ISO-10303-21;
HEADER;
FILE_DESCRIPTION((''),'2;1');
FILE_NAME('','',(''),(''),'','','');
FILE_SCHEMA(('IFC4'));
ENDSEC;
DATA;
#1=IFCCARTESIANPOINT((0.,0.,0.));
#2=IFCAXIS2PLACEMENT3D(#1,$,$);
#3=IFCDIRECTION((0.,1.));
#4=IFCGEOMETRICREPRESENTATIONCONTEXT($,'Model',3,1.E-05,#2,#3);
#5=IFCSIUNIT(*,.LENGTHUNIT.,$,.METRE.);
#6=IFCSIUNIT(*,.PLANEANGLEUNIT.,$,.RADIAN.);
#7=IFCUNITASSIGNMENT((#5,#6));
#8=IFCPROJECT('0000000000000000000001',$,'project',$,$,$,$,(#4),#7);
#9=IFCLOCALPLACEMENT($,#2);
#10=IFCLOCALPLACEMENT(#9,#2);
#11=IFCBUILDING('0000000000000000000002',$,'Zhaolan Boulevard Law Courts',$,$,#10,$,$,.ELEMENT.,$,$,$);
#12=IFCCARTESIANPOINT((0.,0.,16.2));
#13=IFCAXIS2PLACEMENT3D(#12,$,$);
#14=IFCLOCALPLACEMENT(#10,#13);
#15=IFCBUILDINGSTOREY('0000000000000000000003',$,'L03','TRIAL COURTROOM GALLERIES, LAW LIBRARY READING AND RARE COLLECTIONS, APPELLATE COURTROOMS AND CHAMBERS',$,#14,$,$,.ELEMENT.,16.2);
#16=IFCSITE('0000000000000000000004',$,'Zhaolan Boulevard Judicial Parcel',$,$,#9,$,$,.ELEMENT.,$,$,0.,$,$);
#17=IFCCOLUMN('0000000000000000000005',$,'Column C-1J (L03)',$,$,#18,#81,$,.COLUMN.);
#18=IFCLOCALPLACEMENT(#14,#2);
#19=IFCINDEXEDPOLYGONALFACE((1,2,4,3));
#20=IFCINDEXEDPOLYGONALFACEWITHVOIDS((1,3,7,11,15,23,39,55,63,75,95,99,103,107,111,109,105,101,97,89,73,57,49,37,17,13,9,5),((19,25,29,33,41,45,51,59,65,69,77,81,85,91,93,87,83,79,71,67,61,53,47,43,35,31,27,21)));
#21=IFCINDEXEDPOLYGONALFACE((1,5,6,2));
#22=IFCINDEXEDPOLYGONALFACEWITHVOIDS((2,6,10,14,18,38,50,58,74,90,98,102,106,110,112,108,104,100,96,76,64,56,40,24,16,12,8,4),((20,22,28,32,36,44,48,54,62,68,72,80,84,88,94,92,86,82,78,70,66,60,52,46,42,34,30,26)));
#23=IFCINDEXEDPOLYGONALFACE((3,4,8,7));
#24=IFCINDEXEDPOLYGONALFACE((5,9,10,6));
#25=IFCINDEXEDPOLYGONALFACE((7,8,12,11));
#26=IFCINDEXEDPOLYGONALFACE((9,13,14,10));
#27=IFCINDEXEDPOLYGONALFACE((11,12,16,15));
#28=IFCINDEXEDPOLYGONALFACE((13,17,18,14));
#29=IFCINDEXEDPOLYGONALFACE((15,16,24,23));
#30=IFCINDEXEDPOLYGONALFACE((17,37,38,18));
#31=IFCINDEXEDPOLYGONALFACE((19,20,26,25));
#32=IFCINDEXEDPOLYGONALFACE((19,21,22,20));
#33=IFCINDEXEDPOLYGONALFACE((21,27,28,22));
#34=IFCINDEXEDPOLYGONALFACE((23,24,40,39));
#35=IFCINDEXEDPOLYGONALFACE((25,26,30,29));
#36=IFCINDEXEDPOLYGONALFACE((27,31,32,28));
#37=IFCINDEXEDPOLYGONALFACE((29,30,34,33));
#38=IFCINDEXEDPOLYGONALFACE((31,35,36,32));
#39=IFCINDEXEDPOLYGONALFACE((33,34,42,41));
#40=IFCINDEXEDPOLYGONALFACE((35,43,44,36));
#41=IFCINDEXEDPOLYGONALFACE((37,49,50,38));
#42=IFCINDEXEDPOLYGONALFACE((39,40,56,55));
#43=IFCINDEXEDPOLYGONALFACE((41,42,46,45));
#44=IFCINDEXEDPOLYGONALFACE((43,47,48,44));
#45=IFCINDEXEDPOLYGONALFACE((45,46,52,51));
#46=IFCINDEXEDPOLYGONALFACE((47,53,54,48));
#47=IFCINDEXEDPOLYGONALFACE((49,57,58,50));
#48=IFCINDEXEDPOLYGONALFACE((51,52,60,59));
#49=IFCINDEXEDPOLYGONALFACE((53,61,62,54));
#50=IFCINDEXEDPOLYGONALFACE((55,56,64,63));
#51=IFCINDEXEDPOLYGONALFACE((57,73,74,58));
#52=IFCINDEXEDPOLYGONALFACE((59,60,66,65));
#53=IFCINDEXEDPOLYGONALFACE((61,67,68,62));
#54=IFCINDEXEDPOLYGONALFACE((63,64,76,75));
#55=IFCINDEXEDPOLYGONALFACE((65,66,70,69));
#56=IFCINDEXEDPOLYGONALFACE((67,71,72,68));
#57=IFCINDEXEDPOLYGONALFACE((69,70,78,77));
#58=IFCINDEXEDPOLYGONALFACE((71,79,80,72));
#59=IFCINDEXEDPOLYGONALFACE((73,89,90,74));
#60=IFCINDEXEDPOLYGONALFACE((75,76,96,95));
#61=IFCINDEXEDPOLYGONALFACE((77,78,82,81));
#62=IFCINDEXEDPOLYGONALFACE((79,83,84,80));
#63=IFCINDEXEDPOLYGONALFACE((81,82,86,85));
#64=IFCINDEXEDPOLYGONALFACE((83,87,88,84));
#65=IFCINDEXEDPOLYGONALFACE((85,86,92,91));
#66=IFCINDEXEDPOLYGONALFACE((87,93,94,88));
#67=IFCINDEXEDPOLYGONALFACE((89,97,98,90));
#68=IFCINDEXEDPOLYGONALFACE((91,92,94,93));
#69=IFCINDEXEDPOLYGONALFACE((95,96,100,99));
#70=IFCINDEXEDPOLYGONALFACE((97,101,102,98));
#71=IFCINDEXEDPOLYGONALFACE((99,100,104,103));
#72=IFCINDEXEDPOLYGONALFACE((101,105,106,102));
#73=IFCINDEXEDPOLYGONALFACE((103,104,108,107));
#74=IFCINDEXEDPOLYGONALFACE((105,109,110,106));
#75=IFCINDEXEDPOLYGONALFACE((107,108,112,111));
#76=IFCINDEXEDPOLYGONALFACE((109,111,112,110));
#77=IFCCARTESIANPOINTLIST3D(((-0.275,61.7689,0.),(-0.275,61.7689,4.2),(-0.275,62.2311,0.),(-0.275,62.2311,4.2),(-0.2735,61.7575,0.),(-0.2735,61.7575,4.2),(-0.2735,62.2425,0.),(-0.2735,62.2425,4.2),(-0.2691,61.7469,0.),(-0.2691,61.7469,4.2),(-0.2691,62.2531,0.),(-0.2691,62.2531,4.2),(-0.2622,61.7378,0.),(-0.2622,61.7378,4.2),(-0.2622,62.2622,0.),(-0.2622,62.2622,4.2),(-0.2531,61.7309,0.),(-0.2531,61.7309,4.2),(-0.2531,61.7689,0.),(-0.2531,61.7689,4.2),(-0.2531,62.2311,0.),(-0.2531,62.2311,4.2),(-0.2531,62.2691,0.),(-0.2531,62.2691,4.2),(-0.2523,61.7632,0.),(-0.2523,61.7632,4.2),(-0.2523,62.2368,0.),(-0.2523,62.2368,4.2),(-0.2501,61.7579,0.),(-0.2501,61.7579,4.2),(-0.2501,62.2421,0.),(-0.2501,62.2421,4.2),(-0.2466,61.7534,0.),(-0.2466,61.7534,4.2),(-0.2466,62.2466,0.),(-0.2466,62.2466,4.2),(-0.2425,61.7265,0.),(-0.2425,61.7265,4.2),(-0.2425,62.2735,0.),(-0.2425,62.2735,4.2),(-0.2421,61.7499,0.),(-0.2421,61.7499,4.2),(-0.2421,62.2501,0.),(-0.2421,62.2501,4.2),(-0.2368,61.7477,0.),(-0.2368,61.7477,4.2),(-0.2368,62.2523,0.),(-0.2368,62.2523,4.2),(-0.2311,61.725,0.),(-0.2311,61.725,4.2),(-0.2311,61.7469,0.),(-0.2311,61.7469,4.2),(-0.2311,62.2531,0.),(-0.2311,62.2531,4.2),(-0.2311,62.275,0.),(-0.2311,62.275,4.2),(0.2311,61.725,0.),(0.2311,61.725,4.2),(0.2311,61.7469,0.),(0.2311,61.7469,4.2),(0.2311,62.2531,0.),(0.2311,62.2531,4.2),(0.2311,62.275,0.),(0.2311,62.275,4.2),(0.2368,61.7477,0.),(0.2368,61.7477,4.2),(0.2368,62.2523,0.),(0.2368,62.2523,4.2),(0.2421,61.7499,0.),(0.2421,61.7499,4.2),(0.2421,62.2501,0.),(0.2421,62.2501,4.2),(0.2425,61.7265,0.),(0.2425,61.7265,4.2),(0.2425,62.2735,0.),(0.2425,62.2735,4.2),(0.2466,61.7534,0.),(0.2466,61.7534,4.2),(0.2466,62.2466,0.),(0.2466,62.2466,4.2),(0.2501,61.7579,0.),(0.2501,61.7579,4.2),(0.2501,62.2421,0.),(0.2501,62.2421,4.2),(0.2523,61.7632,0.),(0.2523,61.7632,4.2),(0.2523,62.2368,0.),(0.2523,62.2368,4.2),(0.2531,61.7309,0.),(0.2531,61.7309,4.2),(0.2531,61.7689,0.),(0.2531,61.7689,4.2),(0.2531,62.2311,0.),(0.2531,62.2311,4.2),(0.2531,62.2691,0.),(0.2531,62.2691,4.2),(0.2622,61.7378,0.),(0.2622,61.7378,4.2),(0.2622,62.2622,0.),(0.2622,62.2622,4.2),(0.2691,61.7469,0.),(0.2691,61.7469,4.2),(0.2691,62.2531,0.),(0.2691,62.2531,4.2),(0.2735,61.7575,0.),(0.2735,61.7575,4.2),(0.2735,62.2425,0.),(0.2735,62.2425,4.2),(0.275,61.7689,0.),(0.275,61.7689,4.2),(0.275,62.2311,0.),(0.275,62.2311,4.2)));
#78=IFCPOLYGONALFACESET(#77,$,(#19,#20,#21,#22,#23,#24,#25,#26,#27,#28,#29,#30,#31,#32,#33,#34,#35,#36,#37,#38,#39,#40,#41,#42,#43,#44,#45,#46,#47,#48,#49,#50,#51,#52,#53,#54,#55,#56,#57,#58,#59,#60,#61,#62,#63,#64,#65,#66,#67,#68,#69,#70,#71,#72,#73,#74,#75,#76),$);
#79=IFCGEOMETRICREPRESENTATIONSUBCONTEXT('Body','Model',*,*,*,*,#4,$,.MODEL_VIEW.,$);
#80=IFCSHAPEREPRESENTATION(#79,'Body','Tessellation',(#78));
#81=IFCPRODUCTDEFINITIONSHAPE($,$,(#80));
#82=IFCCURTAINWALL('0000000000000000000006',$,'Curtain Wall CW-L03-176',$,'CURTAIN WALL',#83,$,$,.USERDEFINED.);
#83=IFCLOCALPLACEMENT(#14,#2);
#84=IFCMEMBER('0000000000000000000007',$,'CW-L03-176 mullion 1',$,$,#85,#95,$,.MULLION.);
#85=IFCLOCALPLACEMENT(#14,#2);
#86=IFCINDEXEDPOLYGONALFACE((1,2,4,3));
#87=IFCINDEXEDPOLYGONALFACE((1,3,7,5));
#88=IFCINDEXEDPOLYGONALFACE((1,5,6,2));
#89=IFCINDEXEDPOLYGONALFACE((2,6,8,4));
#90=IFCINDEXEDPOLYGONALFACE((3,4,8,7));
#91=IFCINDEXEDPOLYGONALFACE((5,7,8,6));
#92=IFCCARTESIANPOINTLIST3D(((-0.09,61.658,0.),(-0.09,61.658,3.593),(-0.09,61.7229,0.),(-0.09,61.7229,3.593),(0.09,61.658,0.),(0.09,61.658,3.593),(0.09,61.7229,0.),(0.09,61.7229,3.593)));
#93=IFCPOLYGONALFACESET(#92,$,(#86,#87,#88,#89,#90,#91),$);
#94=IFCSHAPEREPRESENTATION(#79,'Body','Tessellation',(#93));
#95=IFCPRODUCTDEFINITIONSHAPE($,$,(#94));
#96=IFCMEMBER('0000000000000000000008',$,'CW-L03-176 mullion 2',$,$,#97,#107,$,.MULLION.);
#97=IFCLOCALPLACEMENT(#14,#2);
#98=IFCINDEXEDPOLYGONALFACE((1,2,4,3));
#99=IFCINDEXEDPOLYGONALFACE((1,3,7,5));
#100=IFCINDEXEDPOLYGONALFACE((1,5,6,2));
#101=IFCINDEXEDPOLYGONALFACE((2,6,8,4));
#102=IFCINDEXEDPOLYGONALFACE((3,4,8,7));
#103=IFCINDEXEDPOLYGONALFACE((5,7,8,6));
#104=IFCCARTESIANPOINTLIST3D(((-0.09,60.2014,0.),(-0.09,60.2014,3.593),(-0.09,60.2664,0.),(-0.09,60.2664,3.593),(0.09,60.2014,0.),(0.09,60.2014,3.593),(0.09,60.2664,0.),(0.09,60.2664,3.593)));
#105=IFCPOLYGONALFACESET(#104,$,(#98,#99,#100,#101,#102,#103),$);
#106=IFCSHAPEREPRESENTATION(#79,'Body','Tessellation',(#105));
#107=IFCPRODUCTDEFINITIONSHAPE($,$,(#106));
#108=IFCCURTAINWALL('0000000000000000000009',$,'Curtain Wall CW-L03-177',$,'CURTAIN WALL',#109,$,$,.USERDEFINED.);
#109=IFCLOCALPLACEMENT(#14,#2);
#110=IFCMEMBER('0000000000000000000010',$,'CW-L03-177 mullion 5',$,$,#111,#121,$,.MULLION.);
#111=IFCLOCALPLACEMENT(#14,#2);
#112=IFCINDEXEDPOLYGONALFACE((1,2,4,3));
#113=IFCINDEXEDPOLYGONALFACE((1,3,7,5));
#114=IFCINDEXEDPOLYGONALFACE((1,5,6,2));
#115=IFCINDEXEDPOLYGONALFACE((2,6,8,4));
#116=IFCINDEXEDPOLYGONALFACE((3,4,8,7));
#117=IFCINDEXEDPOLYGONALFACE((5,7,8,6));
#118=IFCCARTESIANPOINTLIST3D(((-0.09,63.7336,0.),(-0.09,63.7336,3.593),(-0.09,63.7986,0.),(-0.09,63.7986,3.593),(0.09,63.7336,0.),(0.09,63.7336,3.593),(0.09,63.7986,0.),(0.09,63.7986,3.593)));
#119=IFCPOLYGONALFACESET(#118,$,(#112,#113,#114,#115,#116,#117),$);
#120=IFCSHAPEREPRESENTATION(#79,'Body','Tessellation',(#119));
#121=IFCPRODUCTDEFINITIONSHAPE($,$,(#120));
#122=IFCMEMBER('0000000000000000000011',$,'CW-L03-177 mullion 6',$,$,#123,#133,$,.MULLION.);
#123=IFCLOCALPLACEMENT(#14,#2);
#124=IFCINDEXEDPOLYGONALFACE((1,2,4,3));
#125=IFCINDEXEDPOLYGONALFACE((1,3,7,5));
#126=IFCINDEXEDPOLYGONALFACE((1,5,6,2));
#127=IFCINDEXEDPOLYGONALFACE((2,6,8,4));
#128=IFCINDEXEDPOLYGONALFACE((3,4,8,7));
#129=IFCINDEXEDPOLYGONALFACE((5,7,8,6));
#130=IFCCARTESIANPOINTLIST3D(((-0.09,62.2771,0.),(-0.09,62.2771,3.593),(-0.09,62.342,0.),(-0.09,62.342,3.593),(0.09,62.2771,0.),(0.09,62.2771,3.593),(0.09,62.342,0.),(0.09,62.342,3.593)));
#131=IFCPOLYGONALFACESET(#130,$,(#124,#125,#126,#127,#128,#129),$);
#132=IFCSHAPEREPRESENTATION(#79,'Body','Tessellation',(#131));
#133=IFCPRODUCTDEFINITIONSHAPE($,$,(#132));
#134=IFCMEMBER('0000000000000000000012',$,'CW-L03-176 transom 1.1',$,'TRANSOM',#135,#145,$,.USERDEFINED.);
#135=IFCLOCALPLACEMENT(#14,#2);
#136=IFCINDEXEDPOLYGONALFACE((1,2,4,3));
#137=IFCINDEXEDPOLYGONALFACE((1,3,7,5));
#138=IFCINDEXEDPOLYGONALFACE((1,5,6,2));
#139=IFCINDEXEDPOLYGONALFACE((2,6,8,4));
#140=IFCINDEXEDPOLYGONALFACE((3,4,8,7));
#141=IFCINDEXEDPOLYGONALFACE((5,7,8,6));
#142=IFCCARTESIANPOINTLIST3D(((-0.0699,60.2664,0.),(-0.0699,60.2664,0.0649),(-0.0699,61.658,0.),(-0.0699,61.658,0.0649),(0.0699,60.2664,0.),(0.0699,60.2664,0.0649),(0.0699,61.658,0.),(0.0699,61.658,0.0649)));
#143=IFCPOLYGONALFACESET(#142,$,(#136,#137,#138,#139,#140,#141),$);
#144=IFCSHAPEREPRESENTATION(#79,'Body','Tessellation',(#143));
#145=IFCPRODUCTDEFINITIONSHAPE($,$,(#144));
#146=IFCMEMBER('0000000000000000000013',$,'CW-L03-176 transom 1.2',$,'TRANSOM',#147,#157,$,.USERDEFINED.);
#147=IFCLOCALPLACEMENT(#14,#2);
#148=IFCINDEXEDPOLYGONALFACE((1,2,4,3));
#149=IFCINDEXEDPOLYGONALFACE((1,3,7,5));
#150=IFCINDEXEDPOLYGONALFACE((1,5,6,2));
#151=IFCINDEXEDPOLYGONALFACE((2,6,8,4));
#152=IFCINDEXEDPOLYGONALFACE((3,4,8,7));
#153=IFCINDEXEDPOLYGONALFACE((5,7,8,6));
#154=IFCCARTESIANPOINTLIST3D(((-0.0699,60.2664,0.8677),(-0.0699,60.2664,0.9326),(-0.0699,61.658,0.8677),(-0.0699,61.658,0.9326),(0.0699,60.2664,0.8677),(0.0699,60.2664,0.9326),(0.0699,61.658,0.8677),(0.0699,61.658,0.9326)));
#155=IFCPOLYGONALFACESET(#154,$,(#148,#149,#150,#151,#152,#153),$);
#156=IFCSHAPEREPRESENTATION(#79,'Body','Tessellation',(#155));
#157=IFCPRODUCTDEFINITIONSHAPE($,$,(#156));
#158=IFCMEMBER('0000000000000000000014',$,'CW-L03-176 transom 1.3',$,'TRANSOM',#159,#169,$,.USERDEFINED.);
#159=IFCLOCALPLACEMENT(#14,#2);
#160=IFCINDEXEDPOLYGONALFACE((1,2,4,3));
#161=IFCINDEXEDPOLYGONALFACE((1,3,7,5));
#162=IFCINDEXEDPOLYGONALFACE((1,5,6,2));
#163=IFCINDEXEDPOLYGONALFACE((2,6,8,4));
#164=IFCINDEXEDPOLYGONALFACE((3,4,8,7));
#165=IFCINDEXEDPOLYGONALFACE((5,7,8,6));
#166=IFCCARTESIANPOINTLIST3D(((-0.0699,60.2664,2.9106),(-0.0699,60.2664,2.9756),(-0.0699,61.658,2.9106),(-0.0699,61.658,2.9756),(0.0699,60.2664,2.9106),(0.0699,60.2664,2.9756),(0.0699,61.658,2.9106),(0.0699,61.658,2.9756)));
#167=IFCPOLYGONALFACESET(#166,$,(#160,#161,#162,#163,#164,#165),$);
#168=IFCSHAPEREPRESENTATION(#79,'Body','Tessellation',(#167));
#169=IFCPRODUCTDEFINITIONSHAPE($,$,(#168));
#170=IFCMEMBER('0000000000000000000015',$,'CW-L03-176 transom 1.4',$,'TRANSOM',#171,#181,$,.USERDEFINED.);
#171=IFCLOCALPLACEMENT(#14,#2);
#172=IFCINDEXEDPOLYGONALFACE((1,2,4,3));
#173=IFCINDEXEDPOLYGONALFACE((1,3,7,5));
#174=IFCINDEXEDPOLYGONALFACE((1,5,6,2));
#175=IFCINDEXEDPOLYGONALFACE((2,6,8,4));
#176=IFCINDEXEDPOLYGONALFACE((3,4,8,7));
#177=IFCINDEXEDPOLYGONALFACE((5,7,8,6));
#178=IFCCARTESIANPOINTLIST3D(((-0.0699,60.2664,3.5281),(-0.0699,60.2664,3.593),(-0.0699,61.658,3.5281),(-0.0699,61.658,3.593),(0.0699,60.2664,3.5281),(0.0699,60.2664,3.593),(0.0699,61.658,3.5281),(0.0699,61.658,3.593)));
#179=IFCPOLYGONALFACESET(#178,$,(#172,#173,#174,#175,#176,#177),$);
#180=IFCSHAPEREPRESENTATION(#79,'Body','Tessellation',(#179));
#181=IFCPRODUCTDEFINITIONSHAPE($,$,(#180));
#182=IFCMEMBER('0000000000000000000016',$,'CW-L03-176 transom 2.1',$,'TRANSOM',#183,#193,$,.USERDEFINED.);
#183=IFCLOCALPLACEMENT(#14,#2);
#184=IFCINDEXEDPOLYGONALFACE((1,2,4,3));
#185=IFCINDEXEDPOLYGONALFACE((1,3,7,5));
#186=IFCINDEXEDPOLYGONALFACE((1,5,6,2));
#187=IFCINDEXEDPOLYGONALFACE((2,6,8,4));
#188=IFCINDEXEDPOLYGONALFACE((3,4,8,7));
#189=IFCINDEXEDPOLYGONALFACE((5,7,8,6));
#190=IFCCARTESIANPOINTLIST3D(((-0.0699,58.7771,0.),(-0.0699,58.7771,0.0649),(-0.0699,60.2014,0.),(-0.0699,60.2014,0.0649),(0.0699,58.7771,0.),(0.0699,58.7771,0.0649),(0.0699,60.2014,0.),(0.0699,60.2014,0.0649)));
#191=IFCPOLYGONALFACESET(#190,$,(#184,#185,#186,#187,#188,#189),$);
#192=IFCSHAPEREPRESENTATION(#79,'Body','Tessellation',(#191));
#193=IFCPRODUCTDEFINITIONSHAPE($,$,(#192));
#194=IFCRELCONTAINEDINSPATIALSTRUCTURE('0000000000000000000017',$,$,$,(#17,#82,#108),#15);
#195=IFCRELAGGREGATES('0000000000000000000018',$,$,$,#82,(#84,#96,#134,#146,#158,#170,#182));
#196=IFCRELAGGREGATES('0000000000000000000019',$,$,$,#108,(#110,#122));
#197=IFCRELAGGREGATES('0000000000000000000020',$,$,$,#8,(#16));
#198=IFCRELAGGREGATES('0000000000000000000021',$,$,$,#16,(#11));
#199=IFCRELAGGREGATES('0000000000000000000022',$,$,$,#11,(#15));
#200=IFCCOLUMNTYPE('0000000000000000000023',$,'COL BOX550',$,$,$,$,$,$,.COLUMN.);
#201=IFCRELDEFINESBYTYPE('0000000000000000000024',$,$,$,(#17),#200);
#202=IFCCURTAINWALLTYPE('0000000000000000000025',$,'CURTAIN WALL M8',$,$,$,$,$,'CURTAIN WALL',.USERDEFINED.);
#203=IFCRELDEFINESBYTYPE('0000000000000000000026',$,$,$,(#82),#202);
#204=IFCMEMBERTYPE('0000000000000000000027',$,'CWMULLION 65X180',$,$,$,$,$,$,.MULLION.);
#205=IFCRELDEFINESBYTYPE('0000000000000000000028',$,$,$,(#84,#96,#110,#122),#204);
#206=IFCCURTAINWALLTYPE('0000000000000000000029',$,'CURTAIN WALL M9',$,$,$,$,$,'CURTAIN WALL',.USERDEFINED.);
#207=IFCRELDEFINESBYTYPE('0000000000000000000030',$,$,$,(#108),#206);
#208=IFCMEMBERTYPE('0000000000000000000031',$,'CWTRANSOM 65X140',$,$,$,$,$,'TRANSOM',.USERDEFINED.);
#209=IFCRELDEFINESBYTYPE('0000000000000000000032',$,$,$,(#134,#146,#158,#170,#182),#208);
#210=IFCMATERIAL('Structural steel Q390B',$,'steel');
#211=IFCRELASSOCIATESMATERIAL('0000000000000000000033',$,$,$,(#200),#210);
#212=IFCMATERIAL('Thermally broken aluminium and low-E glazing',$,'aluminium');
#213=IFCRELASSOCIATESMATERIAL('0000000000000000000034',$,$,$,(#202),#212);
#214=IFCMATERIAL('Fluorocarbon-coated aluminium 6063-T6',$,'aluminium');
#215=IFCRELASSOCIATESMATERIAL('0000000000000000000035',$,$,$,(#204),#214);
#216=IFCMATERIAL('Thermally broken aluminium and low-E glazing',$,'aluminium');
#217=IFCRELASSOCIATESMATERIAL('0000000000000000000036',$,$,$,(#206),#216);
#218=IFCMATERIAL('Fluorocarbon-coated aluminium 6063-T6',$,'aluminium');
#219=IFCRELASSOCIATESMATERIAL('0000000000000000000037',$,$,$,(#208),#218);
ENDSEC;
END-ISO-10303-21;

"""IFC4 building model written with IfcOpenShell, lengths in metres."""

from ifc_helpers import new_model, si_unit, direction, frame, origin, origin_2d, place, context, subcontext, project, spatial, rectangle, hollow_rectangle, extrude, material, material_profile, profile_set, type_object, element, aggregate, save


model = new_model("IFC4")

# Units and contexts
model_context = context("Model", 3, precision=1e-05, world=origin(), true_north=direction((0.0, 1.0)))
body_context = subcontext(model_context, "Body", "Model", "MODEL_VIEW")
ifc_project = project(units=[si_unit("LENGTHUNIT", "METRE"), si_unit("PLANEANGLEUNIT", "RADIAN")], contexts=[model_context])

# Site, building, storey
site_placement = place(None, origin())
site = spatial("IfcSite", under=ifc_project, at=site_placement, Name="Zhaolan Boulevard Judicial Parcel", CompositionType="ELEMENT", RefElevation=0.0)
building_placement = place(site_placement, origin())
building = spatial("IfcBuilding", under=site, at=building_placement, Name="Zhaolan Boulevard Law Courts", CompositionType="ELEMENT")
storey_placement = place(building_placement, frame((0.0, 0.0, 16.2)))
storey = spatial("IfcBuildingStorey", under=building, at=storey_placement, Name="L03", Description="TRIAL COURTROOM GALLERIES, LAW LIBRARY READING AND RARE COLLECTIONS, APPELLATE COURTROOMS AND CHAMBERS", CompositionType="ELEMENT", Elevation=16.2)

# Column
ifc_material_1 = material(Name="Structural steel Q390B", Category="steel")
ifc_material_profile_1 = material_profile(ifc_material_1, hollow_rectangle(XDim=0.55, YDim=0.55, WallThickness=0.022, InnerFilletRadius=0.022, OuterFilletRadius=0.0439, at=origin_2d()), Name="BOX550x550x22")
ifc_profile_set_1 = profile_set([ifc_material_profile_1], Name="Structural steel Q390B")
column_type = type_object("IfcColumnType", Name="COL BOX550", PredefinedType="COLUMN", material=ifc_profile_set_1)
column_placement = place(storey_placement, frame((0.0, 62.0, 0.0), z_axis=(0.0, 0.0, 1.0), x_axis=(1.0, 0.0, 0.0)))
element("IfcColumn", 1, at=column_placement, inside=storey, type_object=column_type, Name="Column C-1J (L03)", PredefinedType="COLUMN", context=body_context, shape_type="SweptSolid", body=[
    extrude(hollow_rectangle(XDim=0.55, YDim=0.55, WallThickness=0.022, InnerFilletRadius=0.022, OuterFilletRadius=0.0439, at=origin_2d()), origin(), (0.0, 0.0, 1.0), 4.2),
])

# Curtain walls, members
ifc_material_2 = material(Name="Thermally broken aluminium and low-E glazing", Category="aluminium")
curtain_wall_type_1 = type_object("IfcCurtainWallType", Name="CURTAIN WALL M8", ElementType="CURTAIN WALL", PredefinedType="USERDEFINED", material=ifc_material_2)
curtain_wall_1_placement = place(storey_placement, origin())
curtain_wall_1 = element("IfcCurtainWall", 2, at=curtain_wall_1_placement, inside=storey, type_object=curtain_wall_type_1, Name="Curtain Wall CW-L03-176", ObjectType="CURTAIN WALL", PredefinedType="USERDEFINED")
ifc_material_3 = material(Name="Fluorocarbon-coated aluminium 6063-T6", Category="aluminium")
ifc_material_profile_2 = material_profile(ifc_material_3, rectangle(XDim=0.1799, YDim=0.0649, at=origin_2d()), Name="AL65x180")
ifc_profile_set_2 = profile_set([ifc_material_profile_2], Name="Fluorocarbon-coated aluminium 6063-T6")
member_type_1 = type_object("IfcMemberType", Name="CWMULLION 65X180", PredefinedType="MULLION", material=ifc_profile_set_2)
member_1_placement = place(storey_placement, frame((0.0, 61.6904, 0.0), z_axis=(0.0, 0.0, 1.0), x_axis=(1.0, 0.0, 0.0)))
member_1 = element("IfcMember", 3, at=member_1_placement, type_object=member_type_1, Name="CW-L03-176 mullion 1", PredefinedType="MULLION", context=body_context, shape_type="SweptSolid", body=[
    extrude(rectangle(XDim=0.1799, YDim=0.0649, at=origin_2d()), origin(), (0.0, 0.0, 1.0), 3.593),
])
member_2_placement = place(storey_placement, frame((0.0, 60.2339, 0.0), z_axis=(0.0, 0.0, 1.0), x_axis=(1.0, 0.0, 0.0)))
member_2 = element("IfcMember", 4, at=member_2_placement, type_object=member_type_1, Name="CW-L03-176 mullion 2", PredefinedType="MULLION", context=body_context, shape_type="SweptSolid", body=[
    extrude(rectangle(XDim=0.1799, YDim=0.0649, at=origin_2d()), origin(), (0.0, 0.0, 1.0), 3.593),
])
ifc_material_4 = material(Name="Thermally broken aluminium and low-E glazing", Category="aluminium")
curtain_wall_type_2 = type_object("IfcCurtainWallType", Name="CURTAIN WALL M9", ElementType="CURTAIN WALL", PredefinedType="USERDEFINED", material=ifc_material_4)
curtain_wall_2_placement = place(storey_placement, origin())
curtain_wall_2 = element("IfcCurtainWall", 5, at=curtain_wall_2_placement, inside=storey, type_object=curtain_wall_type_2, Name="Curtain Wall CW-L03-177", ObjectType="CURTAIN WALL", PredefinedType="USERDEFINED")
member_3_placement = place(storey_placement, frame((0.0, 63.7661, 0.0), z_axis=(0.0, 0.0, 1.0), x_axis=(1.0, 0.0, 0.0)))
member_3 = element("IfcMember", 6, at=member_3_placement, type_object=member_type_1, Name="CW-L03-177 mullion 5", PredefinedType="MULLION", context=body_context, shape_type="SweptSolid", body=[
    extrude(rectangle(XDim=0.1799, YDim=0.0649, at=origin_2d()), origin(), (0.0, 0.0, 1.0), 3.593),
])
member_4_placement = place(storey_placement, frame((0.0, 62.3096, 0.0), z_axis=(0.0, 0.0, 1.0), x_axis=(1.0, 0.0, 0.0)))
member_4 = element("IfcMember", 7, at=member_4_placement, type_object=member_type_1, Name="CW-L03-177 mullion 6", PredefinedType="MULLION", context=body_context, shape_type="SweptSolid", body=[
    extrude(rectangle(XDim=0.1799, YDim=0.0649, at=origin_2d()), origin(), (0.0, 0.0, 1.0), 3.593),
])

# Members
ifc_material_5 = material(Name="Fluorocarbon-coated aluminium 6063-T6", Category="aluminium")
ifc_material_profile_3 = material_profile(ifc_material_5, rectangle(XDim=0.1399, YDim=0.0649, at=origin_2d()), Name="AL65x140")
ifc_profile_set_3 = profile_set([ifc_material_profile_3], Name="Fluorocarbon-coated aluminium 6063-T6")
member_type_2 = type_object("IfcMemberType", Name="CWTRANSOM 65X140", ElementType="TRANSOM", PredefinedType="USERDEFINED", material=ifc_profile_set_3)
member_5_placement = place(storey_placement, frame((0.0, 61.658, 0.0325), z_axis=(0.0, -1.0, 0.0), x_axis=(1.0, 0.0, 0.0)))
member_5 = element("IfcMember", 8, at=member_5_placement, type_object=member_type_2, Name="CW-L03-176 transom 1.1", ObjectType="TRANSOM", PredefinedType="USERDEFINED", context=body_context, shape_type="SweptSolid", body=[
    extrude(rectangle(XDim=0.1399, YDim=0.0649, at=origin_2d()), origin(), (0.0, 0.0, 1.0), 1.3916),
])
member_6_placement = place(storey_placement, frame((0.0, 61.658, 0.9001), z_axis=(0.0, -1.0, 0.0), x_axis=(1.0, 0.0, 0.0)))
member_6 = element("IfcMember", 9, at=member_6_placement, type_object=member_type_2, Name="CW-L03-176 transom 1.2", ObjectType="TRANSOM", PredefinedType="USERDEFINED", context=body_context, shape_type="SweptSolid", body=[
    extrude(rectangle(XDim=0.1399, YDim=0.0649, at=origin_2d()), origin(), (0.0, 0.0, 1.0), 1.3916),
])
member_7_placement = place(storey_placement, frame((0.0, 61.658, 2.9431), z_axis=(0.0, -1.0, 0.0), x_axis=(1.0, 0.0, 0.0)))
member_7 = element("IfcMember", 10, at=member_7_placement, type_object=member_type_2, Name="CW-L03-176 transom 1.3", ObjectType="TRANSOM", PredefinedType="USERDEFINED", context=body_context, shape_type="SweptSolid", body=[
    extrude(rectangle(XDim=0.1399, YDim=0.0649, at=origin_2d()), origin(), (0.0, 0.0, 1.0), 1.3916),
])
member_8_placement = place(storey_placement, frame((0.0, 61.658, 3.5605), z_axis=(0.0, -1.0, 0.0), x_axis=(1.0, 0.0, 0.0)))
member_8 = element("IfcMember", 11, at=member_8_placement, type_object=member_type_2, Name="CW-L03-176 transom 1.4", ObjectType="TRANSOM", PredefinedType="USERDEFINED", context=body_context, shape_type="SweptSolid", body=[
    extrude(rectangle(XDim=0.1399, YDim=0.0649, at=origin_2d()), origin(), (0.0, 0.0, 1.0), 1.3916),
])
member_9_placement = place(storey_placement, frame((0.0, 60.2014, 0.0325), z_axis=(0.0, -1.0, 0.0), x_axis=(1.0, 0.0, 0.0)))
member_9 = element("IfcMember", 12, at=member_9_placement, type_object=member_type_2, Name="CW-L03-176 transom 2.1", ObjectType="TRANSOM", PredefinedType="USERDEFINED", context=body_context, shape_type="SweptSolid", body=[
    extrude(rectangle(XDim=0.1399, YDim=0.0649, at=origin_2d()), origin(), (0.0, 0.0, 1.0), 1.4243),
])

aggregate(curtain_wall_1, [member_1, member_2, member_5, member_6, member_7, member_8, member_9])
aggregate(curtain_wall_2, [member_3, member_4])

save(model, "model.ifc")
